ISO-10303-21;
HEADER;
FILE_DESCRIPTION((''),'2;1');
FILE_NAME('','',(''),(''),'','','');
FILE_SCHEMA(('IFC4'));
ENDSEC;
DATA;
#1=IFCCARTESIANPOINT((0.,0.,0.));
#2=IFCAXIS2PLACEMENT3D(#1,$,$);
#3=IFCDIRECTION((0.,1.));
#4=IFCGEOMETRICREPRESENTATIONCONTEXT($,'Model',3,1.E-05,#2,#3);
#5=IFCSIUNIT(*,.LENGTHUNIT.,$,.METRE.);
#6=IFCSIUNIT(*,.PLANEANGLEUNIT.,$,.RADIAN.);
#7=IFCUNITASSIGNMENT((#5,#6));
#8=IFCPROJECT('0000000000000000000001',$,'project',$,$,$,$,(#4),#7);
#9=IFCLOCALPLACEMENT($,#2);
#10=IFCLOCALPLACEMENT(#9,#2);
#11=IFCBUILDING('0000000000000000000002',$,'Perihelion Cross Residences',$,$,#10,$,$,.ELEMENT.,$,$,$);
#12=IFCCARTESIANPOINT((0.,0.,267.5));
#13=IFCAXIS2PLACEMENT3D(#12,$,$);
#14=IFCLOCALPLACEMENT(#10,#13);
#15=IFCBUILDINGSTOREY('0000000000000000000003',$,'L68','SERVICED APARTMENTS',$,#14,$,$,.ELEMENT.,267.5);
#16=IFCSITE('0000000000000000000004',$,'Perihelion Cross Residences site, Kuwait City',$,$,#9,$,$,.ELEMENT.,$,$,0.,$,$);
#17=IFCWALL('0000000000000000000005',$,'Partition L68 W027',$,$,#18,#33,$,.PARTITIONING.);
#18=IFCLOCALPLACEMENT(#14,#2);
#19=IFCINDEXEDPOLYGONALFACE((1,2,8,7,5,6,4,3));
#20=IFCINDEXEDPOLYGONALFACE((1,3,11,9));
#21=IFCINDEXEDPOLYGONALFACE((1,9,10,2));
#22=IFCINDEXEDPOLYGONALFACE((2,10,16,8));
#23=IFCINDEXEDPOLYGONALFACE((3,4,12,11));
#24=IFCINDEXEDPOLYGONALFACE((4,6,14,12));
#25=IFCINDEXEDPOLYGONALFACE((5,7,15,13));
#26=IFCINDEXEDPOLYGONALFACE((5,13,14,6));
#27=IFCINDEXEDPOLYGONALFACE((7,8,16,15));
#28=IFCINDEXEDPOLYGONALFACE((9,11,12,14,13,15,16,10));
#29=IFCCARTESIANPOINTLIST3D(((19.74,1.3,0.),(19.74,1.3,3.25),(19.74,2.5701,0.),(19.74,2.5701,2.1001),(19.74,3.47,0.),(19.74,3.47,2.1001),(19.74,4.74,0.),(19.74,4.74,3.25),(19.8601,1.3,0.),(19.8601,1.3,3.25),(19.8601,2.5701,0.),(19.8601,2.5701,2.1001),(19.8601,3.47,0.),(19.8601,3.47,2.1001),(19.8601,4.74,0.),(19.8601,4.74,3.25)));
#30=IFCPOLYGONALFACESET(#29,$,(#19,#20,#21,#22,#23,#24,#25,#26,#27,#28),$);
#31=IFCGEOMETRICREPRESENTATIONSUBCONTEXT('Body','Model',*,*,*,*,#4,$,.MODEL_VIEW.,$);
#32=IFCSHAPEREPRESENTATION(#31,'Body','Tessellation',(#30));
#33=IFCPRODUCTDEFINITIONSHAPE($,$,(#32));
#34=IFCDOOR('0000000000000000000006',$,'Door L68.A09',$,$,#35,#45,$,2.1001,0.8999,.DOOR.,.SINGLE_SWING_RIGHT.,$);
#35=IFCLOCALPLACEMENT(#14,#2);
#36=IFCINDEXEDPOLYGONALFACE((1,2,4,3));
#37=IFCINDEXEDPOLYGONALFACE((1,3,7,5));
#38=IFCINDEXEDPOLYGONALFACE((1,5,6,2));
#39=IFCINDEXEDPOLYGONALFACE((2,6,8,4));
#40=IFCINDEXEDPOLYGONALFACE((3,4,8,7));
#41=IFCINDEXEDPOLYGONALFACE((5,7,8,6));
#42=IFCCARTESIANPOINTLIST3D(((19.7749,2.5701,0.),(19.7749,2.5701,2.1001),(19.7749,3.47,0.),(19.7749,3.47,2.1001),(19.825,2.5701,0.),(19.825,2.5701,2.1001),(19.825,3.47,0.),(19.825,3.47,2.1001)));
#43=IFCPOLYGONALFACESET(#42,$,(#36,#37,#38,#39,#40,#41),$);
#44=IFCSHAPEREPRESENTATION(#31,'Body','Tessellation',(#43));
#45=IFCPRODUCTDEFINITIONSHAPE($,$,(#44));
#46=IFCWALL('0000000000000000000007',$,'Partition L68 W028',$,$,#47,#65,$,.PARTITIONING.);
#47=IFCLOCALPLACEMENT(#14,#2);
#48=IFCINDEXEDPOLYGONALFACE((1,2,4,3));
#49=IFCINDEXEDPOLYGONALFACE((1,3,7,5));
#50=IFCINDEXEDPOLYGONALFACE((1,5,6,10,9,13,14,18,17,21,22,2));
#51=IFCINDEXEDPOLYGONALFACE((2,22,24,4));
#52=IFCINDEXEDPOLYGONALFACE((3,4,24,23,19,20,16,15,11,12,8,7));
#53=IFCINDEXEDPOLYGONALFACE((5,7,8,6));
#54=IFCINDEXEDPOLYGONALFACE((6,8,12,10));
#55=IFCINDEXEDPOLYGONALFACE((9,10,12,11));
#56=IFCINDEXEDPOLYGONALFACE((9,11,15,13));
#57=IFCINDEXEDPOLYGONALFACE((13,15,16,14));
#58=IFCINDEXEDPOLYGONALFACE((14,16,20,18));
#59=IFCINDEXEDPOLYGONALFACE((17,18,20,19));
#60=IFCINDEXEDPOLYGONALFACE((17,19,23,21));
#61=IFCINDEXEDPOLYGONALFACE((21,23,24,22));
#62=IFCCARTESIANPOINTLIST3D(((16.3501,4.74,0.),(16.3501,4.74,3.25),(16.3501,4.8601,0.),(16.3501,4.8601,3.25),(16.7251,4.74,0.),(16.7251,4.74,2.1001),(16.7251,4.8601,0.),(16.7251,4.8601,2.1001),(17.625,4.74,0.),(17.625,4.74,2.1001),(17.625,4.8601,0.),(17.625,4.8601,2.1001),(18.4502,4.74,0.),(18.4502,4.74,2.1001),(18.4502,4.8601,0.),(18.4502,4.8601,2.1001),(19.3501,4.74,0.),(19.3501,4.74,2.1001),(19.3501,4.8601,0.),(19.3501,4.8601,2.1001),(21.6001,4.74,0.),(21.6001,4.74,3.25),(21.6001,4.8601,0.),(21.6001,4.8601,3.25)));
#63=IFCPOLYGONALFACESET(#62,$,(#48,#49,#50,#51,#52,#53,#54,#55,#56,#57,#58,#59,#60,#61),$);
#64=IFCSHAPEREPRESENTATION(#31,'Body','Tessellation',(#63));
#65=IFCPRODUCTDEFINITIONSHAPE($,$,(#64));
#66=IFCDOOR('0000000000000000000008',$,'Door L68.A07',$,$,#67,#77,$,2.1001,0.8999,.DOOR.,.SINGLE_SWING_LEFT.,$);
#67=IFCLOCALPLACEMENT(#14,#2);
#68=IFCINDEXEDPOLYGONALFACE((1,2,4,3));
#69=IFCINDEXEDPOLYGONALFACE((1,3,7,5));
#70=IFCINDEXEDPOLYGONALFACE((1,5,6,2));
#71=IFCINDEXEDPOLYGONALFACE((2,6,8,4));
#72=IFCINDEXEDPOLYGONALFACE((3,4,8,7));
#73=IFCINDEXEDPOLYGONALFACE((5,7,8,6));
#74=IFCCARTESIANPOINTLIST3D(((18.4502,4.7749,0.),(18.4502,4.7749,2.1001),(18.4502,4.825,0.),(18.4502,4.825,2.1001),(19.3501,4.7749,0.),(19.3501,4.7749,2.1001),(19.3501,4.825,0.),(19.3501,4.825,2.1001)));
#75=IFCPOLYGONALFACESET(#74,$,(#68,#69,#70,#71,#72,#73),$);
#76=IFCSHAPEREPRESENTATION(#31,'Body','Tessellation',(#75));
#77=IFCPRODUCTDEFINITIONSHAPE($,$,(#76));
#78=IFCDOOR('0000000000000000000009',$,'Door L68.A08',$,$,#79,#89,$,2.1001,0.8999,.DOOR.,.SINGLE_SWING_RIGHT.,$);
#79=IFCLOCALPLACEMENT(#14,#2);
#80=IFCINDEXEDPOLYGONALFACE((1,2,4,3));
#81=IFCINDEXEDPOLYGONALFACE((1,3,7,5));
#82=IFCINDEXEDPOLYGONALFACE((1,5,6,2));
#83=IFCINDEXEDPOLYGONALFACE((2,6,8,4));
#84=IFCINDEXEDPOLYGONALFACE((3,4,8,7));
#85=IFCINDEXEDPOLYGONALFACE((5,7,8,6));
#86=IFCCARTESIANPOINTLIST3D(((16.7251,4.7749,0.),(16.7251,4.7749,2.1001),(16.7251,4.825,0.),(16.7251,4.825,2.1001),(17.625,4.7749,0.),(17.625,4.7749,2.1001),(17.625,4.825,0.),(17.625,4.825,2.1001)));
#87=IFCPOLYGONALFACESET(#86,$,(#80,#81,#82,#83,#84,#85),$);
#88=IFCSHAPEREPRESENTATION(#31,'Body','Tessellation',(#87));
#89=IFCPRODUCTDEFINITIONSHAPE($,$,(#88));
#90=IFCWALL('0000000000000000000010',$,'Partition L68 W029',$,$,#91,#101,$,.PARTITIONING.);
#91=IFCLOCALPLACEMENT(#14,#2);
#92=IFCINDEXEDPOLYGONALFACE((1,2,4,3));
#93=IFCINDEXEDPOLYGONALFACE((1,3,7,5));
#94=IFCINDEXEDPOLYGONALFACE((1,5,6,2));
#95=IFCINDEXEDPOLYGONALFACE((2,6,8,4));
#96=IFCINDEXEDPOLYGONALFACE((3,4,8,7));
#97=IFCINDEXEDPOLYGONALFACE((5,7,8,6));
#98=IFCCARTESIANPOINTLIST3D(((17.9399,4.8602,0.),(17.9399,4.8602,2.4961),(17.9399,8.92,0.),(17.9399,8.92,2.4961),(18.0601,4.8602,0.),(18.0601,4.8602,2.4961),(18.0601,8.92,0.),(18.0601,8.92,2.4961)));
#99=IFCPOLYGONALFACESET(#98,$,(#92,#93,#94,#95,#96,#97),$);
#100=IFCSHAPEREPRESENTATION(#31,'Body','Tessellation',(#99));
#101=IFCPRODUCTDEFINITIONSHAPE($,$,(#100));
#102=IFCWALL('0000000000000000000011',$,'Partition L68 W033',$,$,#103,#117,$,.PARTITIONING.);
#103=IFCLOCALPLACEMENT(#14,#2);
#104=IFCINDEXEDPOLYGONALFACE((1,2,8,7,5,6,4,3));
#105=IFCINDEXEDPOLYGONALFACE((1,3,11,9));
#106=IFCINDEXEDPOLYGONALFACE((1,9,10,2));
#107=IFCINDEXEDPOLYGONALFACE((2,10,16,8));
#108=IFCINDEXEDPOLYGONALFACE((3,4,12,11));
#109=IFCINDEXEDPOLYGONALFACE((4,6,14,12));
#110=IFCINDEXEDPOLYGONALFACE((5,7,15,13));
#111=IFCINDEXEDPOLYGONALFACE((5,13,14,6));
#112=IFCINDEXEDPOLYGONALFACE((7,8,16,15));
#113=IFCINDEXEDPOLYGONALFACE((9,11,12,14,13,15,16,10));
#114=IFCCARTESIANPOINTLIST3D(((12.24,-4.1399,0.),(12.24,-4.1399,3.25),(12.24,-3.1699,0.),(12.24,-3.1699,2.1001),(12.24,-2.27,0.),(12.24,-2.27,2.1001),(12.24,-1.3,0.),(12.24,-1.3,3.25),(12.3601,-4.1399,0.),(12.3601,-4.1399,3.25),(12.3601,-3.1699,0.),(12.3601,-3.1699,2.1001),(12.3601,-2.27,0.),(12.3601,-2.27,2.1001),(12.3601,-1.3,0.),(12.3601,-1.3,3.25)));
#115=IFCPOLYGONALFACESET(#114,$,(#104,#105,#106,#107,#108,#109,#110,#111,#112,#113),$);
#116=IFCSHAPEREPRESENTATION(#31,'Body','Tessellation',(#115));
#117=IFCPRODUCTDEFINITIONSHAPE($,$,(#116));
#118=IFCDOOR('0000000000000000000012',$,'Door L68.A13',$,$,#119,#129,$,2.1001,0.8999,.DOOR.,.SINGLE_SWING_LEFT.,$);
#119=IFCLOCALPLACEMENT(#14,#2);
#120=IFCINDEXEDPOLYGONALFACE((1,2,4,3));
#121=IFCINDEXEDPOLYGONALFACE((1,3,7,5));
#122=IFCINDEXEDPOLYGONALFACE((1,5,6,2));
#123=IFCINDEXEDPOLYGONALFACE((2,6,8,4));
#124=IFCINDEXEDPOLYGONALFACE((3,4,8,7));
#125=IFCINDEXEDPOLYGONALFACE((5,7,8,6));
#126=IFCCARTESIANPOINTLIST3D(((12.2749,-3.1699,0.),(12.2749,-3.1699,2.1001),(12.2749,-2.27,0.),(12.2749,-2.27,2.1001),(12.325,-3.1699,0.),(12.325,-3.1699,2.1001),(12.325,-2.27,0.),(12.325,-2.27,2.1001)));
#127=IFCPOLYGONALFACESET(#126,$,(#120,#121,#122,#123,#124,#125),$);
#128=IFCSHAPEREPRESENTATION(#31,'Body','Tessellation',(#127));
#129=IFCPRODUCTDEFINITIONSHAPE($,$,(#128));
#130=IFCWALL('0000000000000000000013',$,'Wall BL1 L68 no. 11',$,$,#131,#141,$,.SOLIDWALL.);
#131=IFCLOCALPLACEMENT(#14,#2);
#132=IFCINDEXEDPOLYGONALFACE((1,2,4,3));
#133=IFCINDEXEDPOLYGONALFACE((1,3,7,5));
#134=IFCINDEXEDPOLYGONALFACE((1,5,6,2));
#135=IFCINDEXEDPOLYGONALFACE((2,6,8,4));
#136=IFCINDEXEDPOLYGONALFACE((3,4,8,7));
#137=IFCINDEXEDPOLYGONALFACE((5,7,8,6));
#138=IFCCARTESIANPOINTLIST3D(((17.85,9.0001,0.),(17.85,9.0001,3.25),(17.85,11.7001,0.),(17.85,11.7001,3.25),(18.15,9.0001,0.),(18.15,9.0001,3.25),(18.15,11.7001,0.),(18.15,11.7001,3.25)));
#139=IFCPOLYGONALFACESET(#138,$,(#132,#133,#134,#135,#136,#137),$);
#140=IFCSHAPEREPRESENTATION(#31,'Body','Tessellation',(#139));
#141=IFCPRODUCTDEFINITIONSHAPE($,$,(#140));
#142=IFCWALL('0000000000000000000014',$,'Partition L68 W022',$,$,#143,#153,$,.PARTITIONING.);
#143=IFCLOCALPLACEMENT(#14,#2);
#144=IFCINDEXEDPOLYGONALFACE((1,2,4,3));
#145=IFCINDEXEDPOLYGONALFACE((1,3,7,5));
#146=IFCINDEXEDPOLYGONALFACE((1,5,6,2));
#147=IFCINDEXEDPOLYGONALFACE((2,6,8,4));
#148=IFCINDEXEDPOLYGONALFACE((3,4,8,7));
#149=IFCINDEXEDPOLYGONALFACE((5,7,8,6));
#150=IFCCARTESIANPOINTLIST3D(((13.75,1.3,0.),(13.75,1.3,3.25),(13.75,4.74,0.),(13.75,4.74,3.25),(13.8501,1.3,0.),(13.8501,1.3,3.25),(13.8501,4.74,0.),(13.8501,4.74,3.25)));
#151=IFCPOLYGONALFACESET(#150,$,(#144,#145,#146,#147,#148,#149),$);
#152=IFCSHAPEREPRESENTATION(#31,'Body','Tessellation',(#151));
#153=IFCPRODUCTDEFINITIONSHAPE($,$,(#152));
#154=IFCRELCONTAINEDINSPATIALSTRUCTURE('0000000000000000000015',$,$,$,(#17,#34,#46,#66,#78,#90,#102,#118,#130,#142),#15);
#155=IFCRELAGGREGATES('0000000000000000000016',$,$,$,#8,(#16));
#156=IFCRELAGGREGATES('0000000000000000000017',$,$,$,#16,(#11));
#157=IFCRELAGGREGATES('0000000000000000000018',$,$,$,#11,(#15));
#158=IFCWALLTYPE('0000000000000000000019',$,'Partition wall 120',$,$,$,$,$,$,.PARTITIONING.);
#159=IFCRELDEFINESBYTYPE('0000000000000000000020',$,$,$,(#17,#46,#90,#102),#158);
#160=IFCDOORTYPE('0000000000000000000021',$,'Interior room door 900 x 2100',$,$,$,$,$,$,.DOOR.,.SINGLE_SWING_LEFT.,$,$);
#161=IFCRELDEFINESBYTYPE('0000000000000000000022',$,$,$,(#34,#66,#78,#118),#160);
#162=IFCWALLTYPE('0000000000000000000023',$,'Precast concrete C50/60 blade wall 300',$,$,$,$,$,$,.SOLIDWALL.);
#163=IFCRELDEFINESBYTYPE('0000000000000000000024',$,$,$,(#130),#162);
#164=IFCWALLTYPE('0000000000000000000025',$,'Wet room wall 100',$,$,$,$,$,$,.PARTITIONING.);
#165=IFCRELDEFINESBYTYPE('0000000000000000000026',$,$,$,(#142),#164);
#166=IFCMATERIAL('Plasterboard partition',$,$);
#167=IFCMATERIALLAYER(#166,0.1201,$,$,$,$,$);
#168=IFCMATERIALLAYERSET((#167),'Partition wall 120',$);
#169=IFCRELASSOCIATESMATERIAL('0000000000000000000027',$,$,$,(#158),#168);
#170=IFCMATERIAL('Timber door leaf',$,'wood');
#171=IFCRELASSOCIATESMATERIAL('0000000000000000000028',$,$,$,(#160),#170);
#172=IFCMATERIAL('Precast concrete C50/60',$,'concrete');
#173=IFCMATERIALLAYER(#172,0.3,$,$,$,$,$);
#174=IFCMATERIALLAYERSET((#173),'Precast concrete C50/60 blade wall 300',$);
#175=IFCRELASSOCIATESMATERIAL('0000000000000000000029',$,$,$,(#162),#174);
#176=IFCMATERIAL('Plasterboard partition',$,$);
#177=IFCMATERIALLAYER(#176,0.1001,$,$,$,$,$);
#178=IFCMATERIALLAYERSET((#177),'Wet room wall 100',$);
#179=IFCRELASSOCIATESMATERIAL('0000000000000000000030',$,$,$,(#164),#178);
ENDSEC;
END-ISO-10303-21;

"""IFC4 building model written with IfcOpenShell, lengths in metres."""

from ifc_helpers import new_model, si_unit, direction, frame, frame_2d, origin, place, context, subcontext, project, spatial, rectangle, extrude, material, layer, layer_set, type_object, element, fill, save


model = new_model("IFC4")

# Units and contexts
model_context = context("Model", 3, precision=1e-05, world=origin(), true_north=direction((0.0, 1.0)))
body_context = subcontext(model_context, "Body", "Model", "MODEL_VIEW")
ifc_project = project(units=[si_unit("LENGTHUNIT", "METRE"), si_unit("PLANEANGLEUNIT", "RADIAN")], contexts=[model_context])

# Site, building, storey
site_placement = place(None, origin())
site = spatial("IfcSite", under=ifc_project, at=site_placement, Name="Perihelion Cross Residences site, Kuwait City", CompositionType="ELEMENT", RefElevation=0.0)
building_placement = place(site_placement, origin())
building = spatial("IfcBuilding", under=site, at=building_placement, Name="Perihelion Cross Residences", CompositionType="ELEMENT")
storey_placement = place(building_placement, frame((0.0, 0.0, 267.5)))
storey = spatial("IfcBuildingStorey", under=building, at=storey_placement, Name="L68", Description="SERVICED APARTMENTS", CompositionType="ELEMENT", Elevation=267.5)

# Wall, opening, door
ifc_material_1 = material(Name="Plasterboard partition")
ifc_layer_1 = layer(ifc_material_1, 0.1201)
ifc_layer_set_1 = layer_set([ifc_layer_1], Name="Partition wall 120")
wall_type_1 = type_object("IfcWallType", Name="Partition wall 120", PredefinedType="PARTITIONING", material=ifc_layer_set_1)
wall_1_placement = place(storey_placement, frame((19.8, 4.74, 0.0), z_axis=(0.0, 0.0, 1.0), x_axis=(0.0, -1.0, 0.0)))
wall_1 = element("IfcWall", 1, at=wall_1_placement, inside=storey, type_object=wall_type_1, Name="Partition L68 W027", PredefinedType="PARTITIONING", context=body_context, shape_type="SweptSolid", body=[
    extrude(rectangle(XDim=3.4399, YDim=0.1201, at=frame_2d((1.72, 0.0))), origin(), (0.0, 0.0, 1.0), 3.25),
])
opening_1_placement = place(wall_1_placement, frame((1.27, 0.0, 0.0)))
opening_1 = element("IfcOpeningElement", 2, at=opening_1_placement, cuts=wall_1, PredefinedType="OPENING", context=body_context, shape_type="SweptSolid", body=[
    extrude(rectangle(XDim=0.8999, YDim=2.1001, at=frame_2d((0.45, 1.05))), frame((0.0, 0.0701, 0.0), z_axis=(0.0, -1.0, 0.0), x_axis=(1.0, 0.0, 0.0)), (0.0, 0.0, 1.0), 0.1401),
])
ifc_material_2 = material(Name="Timber door leaf", Category="wood")
door_type_1 = type_object("IfcDoorType", Name="Interior room door 900 x 2100", OperationType="SINGLE_SWING_LEFT", PredefinedType="DOOR", material=ifc_material_2)
door_1_placement = place(opening_1_placement, origin())
door_1 = element("IfcDoor", 3, at=door_1_placement, inside=storey, type_object=door_type_1, Name="Door L68.A09", OperationType="SINGLE_SWING_RIGHT", OverallHeight=2.1001, OverallWidth=0.8999, PredefinedType="DOOR", context=body_context, shape_type="SweptSolid", body=[
    extrude(rectangle(XDim=0.8999, YDim=2.1001, at=frame_2d((0.45, 1.05))), frame((0.0, 0.0249, 0.0), z_axis=(0.0, -1.0, 0.0), x_axis=(1.0, 0.0, 0.0)), (0.0, 0.0, 1.0), 0.05),
])
fill(opening_1, door_1)

# Wall, openings, doors
wall_2_placement = place(storey_placement, frame((16.3501, 4.8, 0.0), z_axis=(0.0, 0.0, 1.0), x_axis=(1.0, 0.0, 0.0)))
wall_2 = element("IfcWall", 4, at=wall_2_placement, inside=storey, type_object=wall_type_1, Name="Partition L68 W028", PredefinedType="PARTITIONING", context=body_context, shape_type="SweptSolid", body=[
    extrude(rectangle(XDim=5.25, YDim=0.1201, at=frame_2d((2.625, 0.0))), origin(), (0.0, 0.0, 1.0), 3.25),
])
opening_2_placement = place(wall_2_placement, frame((2.1001, 0.0, 0.0)))
opening_2 = element("IfcOpeningElement", 5, at=opening_2_placement, cuts=wall_2, PredefinedType="OPENING", context=body_context, shape_type="SweptSolid", body=[
    extrude(rectangle(XDim=0.8999, YDim=2.1001, at=frame_2d((0.45, 1.05))), frame((0.0, 0.0701, 0.0), z_axis=(0.0, -1.0, 0.0), x_axis=(1.0, 0.0, 0.0)), (0.0, 0.0, 1.0), 0.1401),
])
opening_3_placement = place(wall_2_placement, frame((0.375, 0.0, 0.0)))
opening_3 = element("IfcOpeningElement", 6, at=opening_3_placement, cuts=wall_2, PredefinedType="OPENING", context=body_context, shape_type="SweptSolid", body=[
    extrude(rectangle(XDim=0.8999, YDim=2.1001, at=frame_2d((0.45, 1.05))), frame((0.0, 0.0701, 0.0), z_axis=(0.0, -1.0, 0.0), x_axis=(1.0, 0.0, 0.0)), (0.0, 0.0, 1.0), 0.1401),
])
door_2_placement = place(opening_2_placement, origin())
door_2 = element("IfcDoor", 7, at=door_2_placement, inside=storey, type_object=door_type_1, Name="Door L68.A07", OperationType="SINGLE_SWING_LEFT", OverallHeight=2.1001, OverallWidth=0.8999, PredefinedType="DOOR", context=body_context, shape_type="SweptSolid", body=[
    extrude(rectangle(XDim=0.8999, YDim=2.1001, at=frame_2d((0.45, 1.05))), frame((0.0, 0.0249, 0.0), z_axis=(0.0, -1.0, 0.0), x_axis=(1.0, 0.0, 0.0)), (0.0, 0.0, 1.0), 0.05),
])
fill(opening_2, door_2)
door_3_placement = place(opening_3_placement, origin())
door_3 = element("IfcDoor", 8, at=door_3_placement, inside=storey, type_object=door_type_1, Name="Door L68.A08", OperationType="SINGLE_SWING_RIGHT", OverallHeight=2.1001, OverallWidth=0.8999, PredefinedType="DOOR", context=body_context, shape_type="SweptSolid", body=[
    extrude(rectangle(XDim=0.8999, YDim=2.1001, at=frame_2d((0.45, 1.05))), frame((0.0, 0.0249, 0.0), z_axis=(0.0, -1.0, 0.0), x_axis=(1.0, 0.0, 0.0)), (0.0, 0.0, 1.0), 0.05),
])
fill(opening_3, door_3)

# Wall
wall_3_placement = place(storey_placement, frame((18.0, 8.9199, 0.0), z_axis=(0.0, 0.0, 1.0), x_axis=(0.0, -1.0, 0.0)))
element("IfcWall", 9, at=wall_3_placement, inside=storey, type_object=wall_type_1, Name="Partition L68 W029", PredefinedType="PARTITIONING", context=body_context, shape_type="SweptSolid", body=[
    extrude(rectangle(XDim=4.0598, YDim=0.1201, at=frame_2d((2.0298, 0.0))), origin(), (0.0, 0.0, 1.0), 2.4961),
])

# Wall, opening, door
wall_4_placement = place(storey_placement, frame((12.3, -1.3, 0.0), z_axis=(0.0, 0.0, 1.0), x_axis=(0.0, -1.0, 0.0)))
wall_4 = element("IfcWall", 10, at=wall_4_placement, inside=storey, type_object=wall_type_1, Name="Partition L68 W033", PredefinedType="PARTITIONING", context=body_context, shape_type="SweptSolid", body=[
    extrude(rectangle(XDim=2.8398, YDim=0.1201, at=frame_2d((1.4199, 0.0))), origin(), (0.0, 0.0, 1.0), 3.25),
])
opening_4_placement = place(wall_4_placement, frame((0.97, 0.0, 0.0)))
opening_4 = element("IfcOpeningElement", 11, at=opening_4_placement, cuts=wall_4, PredefinedType="OPENING", context=body_context, shape_type="SweptSolid", body=[
    extrude(rectangle(XDim=0.8999, YDim=2.1001, at=frame_2d((0.45, 1.05))), frame((0.0, 0.0701, 0.0), z_axis=(0.0, -1.0, 0.0), x_axis=(1.0, 0.0, 0.0)), (0.0, 0.0, 1.0), 0.1401),
])
door_4_placement = place(opening_4_placement, origin())
door_4 = element("IfcDoor", 12, at=door_4_placement, inside=storey, type_object=door_type_1, Name="Door L68.A13", OperationType="SINGLE_SWING_LEFT", OverallHeight=2.1001, OverallWidth=0.8999, PredefinedType="DOOR", context=body_context, shape_type="SweptSolid", body=[
    extrude(rectangle(XDim=0.8999, YDim=2.1001, at=frame_2d((0.45, 1.05))), frame((0.0, 0.0249, 0.0), z_axis=(0.0, -1.0, 0.0), x_axis=(1.0, 0.0, 0.0)), (0.0, 0.0, 1.0), 0.05),
])
fill(opening_4, door_4)

# Walls
ifc_material_3 = material(Name="Precast concrete C50/60", Category="concrete")
ifc_layer_2 = layer(ifc_material_3, 0.3)
ifc_layer_set_2 = layer_set([ifc_layer_2], Name="Precast concrete C50/60 blade wall 300")
wall_type_2 = type_object("IfcWallType", Name="Precast concrete C50/60 blade wall 300", PredefinedType="SOLIDWALL", material=ifc_layer_set_2)
wall_5_placement = place(storey_placement, frame((18.0, 9.0, 0.0), z_axis=(0.0, 0.0, 1.0), x_axis=(0.0, 1.0, 0.0)))
element("IfcWall", 13, at=wall_5_placement, inside=storey, type_object=wall_type_2, Name="Wall BL1 L68 no. 11", PredefinedType="SOLIDWALL", context=body_context, shape_type="SweptSolid", body=[
    extrude(rectangle(XDim=2.7, YDim=0.3, at=frame_2d((1.3501, 0.0))), origin(), (0.0, 0.0, 1.0), 3.25),
])
ifc_material_4 = material(Name="Plasterboard partition")
ifc_layer_3 = layer(ifc_material_4, 0.1001)
ifc_layer_set_3 = layer_set([ifc_layer_3], Name="Wet room wall 100")
wall_type_3 = type_object("IfcWallType", Name="Wet room wall 100", PredefinedType="PARTITIONING", material=ifc_layer_set_3)
wall_6_placement = place(storey_placement, frame((13.8, 4.74, 0.0), z_axis=(0.0, 0.0, 1.0), x_axis=(0.0, -1.0, 0.0)))
element("IfcWall", 14, at=wall_6_placement, inside=storey, type_object=wall_type_3, Name="Partition L68 W022", PredefinedType="PARTITIONING", context=body_context, shape_type="SweptSolid", body=[
    extrude(rectangle(XDim=3.4399, YDim=0.1001, at=frame_2d((1.72, 0.0))), origin(), (0.0, 0.0, 1.0), 3.25),
])

save(model, "model.ifc")
